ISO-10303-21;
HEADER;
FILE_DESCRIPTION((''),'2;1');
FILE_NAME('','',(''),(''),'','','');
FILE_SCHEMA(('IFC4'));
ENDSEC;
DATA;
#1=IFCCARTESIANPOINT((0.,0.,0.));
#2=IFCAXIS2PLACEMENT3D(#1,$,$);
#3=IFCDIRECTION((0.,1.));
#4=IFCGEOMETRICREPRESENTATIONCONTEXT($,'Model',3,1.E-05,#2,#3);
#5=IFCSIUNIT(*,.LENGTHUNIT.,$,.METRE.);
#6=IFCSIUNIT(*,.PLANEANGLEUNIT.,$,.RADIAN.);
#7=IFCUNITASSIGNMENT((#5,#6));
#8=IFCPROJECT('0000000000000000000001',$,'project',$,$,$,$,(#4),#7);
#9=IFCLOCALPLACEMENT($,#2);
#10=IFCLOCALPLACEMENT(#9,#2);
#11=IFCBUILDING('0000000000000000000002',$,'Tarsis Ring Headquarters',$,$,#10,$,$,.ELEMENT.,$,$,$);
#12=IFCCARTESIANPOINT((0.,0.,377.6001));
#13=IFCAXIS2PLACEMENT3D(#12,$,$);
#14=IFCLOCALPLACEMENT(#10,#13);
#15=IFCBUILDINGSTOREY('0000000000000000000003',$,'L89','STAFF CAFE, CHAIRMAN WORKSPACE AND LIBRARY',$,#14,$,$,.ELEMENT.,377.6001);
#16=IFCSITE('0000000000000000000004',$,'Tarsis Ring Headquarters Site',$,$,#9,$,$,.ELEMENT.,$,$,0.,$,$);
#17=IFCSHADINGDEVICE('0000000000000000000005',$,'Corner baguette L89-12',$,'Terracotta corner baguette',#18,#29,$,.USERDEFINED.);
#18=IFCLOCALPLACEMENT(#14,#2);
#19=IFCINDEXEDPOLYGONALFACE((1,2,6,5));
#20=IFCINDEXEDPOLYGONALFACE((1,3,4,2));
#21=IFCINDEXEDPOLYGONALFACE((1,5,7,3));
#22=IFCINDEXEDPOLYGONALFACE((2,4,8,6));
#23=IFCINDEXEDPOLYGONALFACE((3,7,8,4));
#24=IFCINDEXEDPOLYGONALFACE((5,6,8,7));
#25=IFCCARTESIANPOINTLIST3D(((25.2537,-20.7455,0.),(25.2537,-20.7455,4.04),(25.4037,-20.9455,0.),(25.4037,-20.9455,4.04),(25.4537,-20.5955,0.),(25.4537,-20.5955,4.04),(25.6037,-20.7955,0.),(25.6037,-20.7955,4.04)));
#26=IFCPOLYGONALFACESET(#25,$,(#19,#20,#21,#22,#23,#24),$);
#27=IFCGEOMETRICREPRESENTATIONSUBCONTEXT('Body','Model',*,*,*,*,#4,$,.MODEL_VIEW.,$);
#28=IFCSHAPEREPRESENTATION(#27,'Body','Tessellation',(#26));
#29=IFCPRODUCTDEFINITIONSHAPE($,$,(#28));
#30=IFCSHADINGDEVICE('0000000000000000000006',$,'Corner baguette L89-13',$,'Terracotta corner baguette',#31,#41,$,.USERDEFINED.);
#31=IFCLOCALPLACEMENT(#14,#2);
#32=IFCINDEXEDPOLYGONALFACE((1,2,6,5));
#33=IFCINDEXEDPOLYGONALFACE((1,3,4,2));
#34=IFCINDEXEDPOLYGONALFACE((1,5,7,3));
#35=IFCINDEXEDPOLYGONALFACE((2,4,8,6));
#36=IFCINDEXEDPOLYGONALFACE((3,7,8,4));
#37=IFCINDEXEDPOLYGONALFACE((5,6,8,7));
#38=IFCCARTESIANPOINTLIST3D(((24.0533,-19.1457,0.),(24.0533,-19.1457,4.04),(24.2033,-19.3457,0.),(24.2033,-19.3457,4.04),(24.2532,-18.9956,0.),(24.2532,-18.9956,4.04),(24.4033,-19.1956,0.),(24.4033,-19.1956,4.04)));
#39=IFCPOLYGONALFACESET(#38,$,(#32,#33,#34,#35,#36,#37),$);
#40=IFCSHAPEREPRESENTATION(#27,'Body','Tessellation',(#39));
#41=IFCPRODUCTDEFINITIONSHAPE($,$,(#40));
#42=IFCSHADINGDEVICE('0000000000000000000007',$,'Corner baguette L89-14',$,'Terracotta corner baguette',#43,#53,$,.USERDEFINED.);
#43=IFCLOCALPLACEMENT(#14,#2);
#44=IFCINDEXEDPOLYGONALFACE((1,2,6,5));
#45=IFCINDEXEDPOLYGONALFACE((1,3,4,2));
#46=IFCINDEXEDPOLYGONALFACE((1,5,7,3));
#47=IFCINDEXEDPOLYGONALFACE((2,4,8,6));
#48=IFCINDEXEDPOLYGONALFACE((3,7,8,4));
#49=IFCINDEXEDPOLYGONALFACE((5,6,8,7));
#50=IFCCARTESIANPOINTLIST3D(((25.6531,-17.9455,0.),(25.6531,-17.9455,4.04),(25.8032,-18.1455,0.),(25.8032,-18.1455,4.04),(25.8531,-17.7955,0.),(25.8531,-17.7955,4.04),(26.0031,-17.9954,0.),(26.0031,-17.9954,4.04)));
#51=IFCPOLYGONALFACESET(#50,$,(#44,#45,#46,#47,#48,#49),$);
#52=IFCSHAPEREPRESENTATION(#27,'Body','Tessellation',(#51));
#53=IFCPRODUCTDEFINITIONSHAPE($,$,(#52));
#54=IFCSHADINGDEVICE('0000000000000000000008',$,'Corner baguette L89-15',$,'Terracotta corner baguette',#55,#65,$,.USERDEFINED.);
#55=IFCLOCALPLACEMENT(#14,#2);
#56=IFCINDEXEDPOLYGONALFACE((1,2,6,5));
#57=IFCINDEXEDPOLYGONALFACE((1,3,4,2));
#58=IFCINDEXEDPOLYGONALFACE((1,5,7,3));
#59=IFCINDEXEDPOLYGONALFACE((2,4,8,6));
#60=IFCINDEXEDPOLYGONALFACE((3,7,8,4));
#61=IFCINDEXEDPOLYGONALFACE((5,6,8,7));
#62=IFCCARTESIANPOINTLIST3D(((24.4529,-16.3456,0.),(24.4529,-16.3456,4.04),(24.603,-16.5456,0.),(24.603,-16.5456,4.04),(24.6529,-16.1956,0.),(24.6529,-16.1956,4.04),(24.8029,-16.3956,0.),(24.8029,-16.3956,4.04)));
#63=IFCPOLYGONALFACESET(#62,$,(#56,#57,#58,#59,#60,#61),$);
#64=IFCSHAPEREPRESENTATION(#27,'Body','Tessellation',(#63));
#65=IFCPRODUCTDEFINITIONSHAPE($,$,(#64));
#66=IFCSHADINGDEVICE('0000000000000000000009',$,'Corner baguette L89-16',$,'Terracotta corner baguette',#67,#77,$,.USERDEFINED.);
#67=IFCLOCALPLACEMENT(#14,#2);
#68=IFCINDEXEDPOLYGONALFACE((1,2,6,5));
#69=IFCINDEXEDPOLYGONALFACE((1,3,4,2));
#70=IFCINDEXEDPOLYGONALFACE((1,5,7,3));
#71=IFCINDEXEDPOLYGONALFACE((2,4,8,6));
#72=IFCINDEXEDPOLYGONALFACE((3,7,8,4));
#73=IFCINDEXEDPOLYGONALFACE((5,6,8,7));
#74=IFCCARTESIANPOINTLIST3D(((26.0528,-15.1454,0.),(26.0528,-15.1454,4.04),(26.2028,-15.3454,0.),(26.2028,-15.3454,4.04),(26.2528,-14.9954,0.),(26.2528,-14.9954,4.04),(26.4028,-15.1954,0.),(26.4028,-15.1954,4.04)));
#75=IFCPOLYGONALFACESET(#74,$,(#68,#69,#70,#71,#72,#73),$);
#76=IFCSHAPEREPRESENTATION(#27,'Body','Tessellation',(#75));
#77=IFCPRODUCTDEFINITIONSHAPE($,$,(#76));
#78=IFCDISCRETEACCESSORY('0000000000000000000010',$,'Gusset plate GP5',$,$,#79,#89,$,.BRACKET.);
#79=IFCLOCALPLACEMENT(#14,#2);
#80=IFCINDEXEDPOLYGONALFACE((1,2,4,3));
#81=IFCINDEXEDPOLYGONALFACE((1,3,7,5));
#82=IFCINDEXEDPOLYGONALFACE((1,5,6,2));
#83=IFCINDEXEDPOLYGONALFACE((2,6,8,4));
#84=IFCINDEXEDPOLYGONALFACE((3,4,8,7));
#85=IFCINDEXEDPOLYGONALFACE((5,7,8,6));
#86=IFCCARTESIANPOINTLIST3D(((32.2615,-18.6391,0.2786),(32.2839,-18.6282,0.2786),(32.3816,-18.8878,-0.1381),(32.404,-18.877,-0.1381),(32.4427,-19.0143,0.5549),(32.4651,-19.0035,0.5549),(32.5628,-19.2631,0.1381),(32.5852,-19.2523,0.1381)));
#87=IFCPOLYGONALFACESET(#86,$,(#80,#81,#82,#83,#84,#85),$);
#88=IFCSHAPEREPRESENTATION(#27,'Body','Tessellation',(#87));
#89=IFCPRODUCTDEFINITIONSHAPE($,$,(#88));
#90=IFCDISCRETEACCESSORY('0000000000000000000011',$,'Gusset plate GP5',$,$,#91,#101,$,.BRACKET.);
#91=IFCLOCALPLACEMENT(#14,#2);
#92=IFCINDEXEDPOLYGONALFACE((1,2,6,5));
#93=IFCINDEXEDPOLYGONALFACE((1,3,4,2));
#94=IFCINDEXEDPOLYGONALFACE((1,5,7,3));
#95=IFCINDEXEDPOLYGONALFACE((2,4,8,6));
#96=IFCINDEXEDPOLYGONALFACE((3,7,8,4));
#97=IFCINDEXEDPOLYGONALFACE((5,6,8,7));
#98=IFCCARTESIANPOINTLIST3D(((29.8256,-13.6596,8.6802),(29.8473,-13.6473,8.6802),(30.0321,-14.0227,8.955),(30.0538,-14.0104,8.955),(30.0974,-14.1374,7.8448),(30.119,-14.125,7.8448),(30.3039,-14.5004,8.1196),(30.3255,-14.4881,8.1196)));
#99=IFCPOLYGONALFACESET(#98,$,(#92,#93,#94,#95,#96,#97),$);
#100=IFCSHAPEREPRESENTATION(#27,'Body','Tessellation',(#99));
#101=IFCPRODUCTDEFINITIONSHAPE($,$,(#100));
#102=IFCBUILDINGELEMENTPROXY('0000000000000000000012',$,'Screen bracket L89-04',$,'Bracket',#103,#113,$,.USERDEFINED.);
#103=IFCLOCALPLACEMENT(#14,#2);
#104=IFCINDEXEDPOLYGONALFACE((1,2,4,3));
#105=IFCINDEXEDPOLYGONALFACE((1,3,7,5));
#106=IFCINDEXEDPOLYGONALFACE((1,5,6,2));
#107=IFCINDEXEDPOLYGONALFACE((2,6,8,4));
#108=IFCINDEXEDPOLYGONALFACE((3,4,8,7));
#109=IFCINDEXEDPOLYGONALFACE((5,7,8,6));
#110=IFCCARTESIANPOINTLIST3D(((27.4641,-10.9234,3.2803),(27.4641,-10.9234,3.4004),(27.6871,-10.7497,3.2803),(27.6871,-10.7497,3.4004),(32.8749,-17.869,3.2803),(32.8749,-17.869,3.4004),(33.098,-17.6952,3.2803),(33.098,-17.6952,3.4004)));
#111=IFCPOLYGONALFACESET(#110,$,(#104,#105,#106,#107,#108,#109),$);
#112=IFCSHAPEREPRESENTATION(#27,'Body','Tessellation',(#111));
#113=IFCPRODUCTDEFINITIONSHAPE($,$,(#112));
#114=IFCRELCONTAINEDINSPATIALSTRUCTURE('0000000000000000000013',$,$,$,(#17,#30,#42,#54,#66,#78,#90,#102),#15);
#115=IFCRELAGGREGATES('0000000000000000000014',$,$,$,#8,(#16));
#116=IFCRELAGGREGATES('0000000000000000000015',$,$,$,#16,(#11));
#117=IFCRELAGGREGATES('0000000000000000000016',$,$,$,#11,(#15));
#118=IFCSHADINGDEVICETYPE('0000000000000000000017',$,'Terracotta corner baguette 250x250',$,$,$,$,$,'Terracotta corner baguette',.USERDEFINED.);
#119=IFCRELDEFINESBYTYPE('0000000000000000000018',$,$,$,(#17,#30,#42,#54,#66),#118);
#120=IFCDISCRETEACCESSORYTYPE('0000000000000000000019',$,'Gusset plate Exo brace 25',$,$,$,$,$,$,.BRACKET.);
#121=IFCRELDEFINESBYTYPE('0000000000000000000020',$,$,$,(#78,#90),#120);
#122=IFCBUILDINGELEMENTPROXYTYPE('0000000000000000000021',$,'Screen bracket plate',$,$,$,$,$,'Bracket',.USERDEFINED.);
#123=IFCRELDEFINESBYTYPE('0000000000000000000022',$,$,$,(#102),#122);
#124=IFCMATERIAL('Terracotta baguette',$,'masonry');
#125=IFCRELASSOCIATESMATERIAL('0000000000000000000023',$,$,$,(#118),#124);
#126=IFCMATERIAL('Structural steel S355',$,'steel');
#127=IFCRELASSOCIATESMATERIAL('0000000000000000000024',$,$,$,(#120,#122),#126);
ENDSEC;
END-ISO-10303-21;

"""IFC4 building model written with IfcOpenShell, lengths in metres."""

from ifc_helpers import new_model, si_unit, direction, frame, origin, origin_2d, place, context, subcontext, project, spatial, rectangle, extrude, material, material_profile, profile_set, type_object, element, save


model = new_model("IFC4")

# Units and contexts
model_context = context("Model", 3, precision=1e-05, world=origin(), true_north=direction((0.0, 1.0)))
body_context = subcontext(model_context, "Body", "Model", "MODEL_VIEW")
ifc_project = project(units=[si_unit("LENGTHUNIT", "METRE"), si_unit("PLANEANGLEUNIT", "RADIAN")], contexts=[model_context])

# Site, building, storey
site_placement = place(None, origin())
site = spatial("IfcSite", under=ifc_project, at=site_placement, Name="Tarsis Ring Headquarters Site", CompositionType="ELEMENT", RefElevation=0.0)
building_placement = place(site_placement, origin())
building = spatial("IfcBuilding", under=site, at=building_placement, Name="Tarsis Ring Headquarters", CompositionType="ELEMENT")
storey_placement = place(building_placement, frame((0.0, 0.0, 377.6001)))
storey = spatial("IfcBuildingStorey", under=building, at=storey_placement, Name="L89", Description="STAFF CAFE, CHAIRMAN WORKSPACE AND LIBRARY", CompositionType="ELEMENT", Elevation=377.6001)

# Shared definitions
ifc_material_1 = material(Name="Structural steel S355", Category="steel")

# Shading devices
ifc_material_2 = material(Name="Terracotta baguette", Category="masonry")
shading_device_type_1 = type_object("IfcShadingDeviceType", Name="Terracotta corner baguette 250x250", ElementType="Terracotta corner baguette", PredefinedType="USERDEFINED", material=ifc_material_2)
for number, where, z_axis, x_axis, name in (
    (1, (25.4287, -20.7705, 0.0), (0.0, 0.0, 1.0), (0.799894, 0.600141, 0.0), "Corner baguette L89-12"),
    (2, (24.2283, -19.1707, 0.0), (0.0, 0.0, 1.0), (-0.600141, 0.799894, 0.0), "Corner baguette L89-13"),
    (3, (25.8281, -17.9705, 0.0), (0.0, 0.0, 1.0), (0.799894, 0.600141, 0.0), "Corner baguette L89-14"),
    (4, (24.6279, -16.3706, 0.0), (0.0, 0.0, 1.0), (-0.600141, 0.799894, 0.0), "Corner baguette L89-15"),
    (5, (26.2278, -15.1704, 0.0), (0.0, 0.0, 1.0), (0.799894, 0.600141, 0.0), "Corner baguette L89-16"),
):
    element("IfcShadingDevice", number, at=place(storey_placement, frame(where, z_axis=z_axis, x_axis=x_axis)), inside=storey, type_object=shading_device_type_1, Name=name, ObjectType="Terracotta corner baguette", PredefinedType="USERDEFINED", context=body_context, shape_type="SweptSolid", body=[
        extrude(rectangle(XDim=0.25, YDim=0.25, at=origin_2d()), origin(), (0.0, 0.0, 1.0), 4.04),
    ])

# Discrete accessories
ifc_material_profile_1 = material_profile(ifc_material_1, rectangle(XDim=0.0249, YDim=0.5, at=origin_2d()), Name="PL 25x500")
ifc_profile_set_1 = profile_set([ifc_material_profile_1], Name="Structural steel S355")
discrete_accessory_type = type_object("IfcDiscreteAccessoryType", Name="Gusset plate Exo brace 25", PredefinedType="BRACKET", material=ifc_profile_set_1)
discrete_accessory_1_placement = place(storey_placement, frame((32.4834, -19.0701, 0.0), z_axis=(-0.240235, 0.49756, 0.833499), x_axis=(-0.900528, -0.434798, 0.0)))
element("IfcDiscreteAccessory", 6, at=discrete_accessory_1_placement, inside=storey, type_object=discrete_accessory_type, Name="Gusset plate GP5", PredefinedType="BRACKET", context=body_context, shape_type="SweptSolid", body=[
    extrude(rectangle(XDim=0.0249, YDim=0.5, at=origin_2d()), origin(), (0.0, 0.0, 1.0), 0.5),
])
discrete_accessory_2_placement = place(storey_placement, frame((30.2114, -14.3127, 7.9822), z_axis=(-0.271716, 0.477762, 0.835412), x_axis=(-0.869253, -0.494368, 0.0)))
element("IfcDiscreteAccessory", 7, at=discrete_accessory_2_placement, inside=storey, type_object=discrete_accessory_type, Name="Gusset plate GP5", PredefinedType="BRACKET", context=body_context, shape_type="SweptSolid", body=[
    extrude(rectangle(XDim=0.0249, YDim=0.5, at=origin_2d()), origin(), (0.0, 0.0, 1.0), 1.0),
])

# Building element proxy
building_element_proxy_type = type_object("IfcBuildingElementProxyType", Name="Screen bracket plate", ElementType="Bracket", PredefinedType="USERDEFINED", material=ifc_material_1)
proxy_placement = place(storey_placement, frame((30.281, -14.3093, 3.2803), z_axis=(0.0, 0.0, 1.0), x_axis=(-0.614561, 0.78887, 0.0)))
element("IfcBuildingElementProxy", 8, at=proxy_placement, inside=storey, type_object=building_element_proxy_type, Name="Screen bracket L89-04", ObjectType="Bracket", PredefinedType="USERDEFINED", context=body_context, shape_type="SweptSolid", body=[
    extrude(rectangle(XDim=8.8044, YDim=0.2827, at=origin_2d()), origin(), (0.0, 0.0, 1.0), 0.1201),
])

save(model, "model.ifc")
